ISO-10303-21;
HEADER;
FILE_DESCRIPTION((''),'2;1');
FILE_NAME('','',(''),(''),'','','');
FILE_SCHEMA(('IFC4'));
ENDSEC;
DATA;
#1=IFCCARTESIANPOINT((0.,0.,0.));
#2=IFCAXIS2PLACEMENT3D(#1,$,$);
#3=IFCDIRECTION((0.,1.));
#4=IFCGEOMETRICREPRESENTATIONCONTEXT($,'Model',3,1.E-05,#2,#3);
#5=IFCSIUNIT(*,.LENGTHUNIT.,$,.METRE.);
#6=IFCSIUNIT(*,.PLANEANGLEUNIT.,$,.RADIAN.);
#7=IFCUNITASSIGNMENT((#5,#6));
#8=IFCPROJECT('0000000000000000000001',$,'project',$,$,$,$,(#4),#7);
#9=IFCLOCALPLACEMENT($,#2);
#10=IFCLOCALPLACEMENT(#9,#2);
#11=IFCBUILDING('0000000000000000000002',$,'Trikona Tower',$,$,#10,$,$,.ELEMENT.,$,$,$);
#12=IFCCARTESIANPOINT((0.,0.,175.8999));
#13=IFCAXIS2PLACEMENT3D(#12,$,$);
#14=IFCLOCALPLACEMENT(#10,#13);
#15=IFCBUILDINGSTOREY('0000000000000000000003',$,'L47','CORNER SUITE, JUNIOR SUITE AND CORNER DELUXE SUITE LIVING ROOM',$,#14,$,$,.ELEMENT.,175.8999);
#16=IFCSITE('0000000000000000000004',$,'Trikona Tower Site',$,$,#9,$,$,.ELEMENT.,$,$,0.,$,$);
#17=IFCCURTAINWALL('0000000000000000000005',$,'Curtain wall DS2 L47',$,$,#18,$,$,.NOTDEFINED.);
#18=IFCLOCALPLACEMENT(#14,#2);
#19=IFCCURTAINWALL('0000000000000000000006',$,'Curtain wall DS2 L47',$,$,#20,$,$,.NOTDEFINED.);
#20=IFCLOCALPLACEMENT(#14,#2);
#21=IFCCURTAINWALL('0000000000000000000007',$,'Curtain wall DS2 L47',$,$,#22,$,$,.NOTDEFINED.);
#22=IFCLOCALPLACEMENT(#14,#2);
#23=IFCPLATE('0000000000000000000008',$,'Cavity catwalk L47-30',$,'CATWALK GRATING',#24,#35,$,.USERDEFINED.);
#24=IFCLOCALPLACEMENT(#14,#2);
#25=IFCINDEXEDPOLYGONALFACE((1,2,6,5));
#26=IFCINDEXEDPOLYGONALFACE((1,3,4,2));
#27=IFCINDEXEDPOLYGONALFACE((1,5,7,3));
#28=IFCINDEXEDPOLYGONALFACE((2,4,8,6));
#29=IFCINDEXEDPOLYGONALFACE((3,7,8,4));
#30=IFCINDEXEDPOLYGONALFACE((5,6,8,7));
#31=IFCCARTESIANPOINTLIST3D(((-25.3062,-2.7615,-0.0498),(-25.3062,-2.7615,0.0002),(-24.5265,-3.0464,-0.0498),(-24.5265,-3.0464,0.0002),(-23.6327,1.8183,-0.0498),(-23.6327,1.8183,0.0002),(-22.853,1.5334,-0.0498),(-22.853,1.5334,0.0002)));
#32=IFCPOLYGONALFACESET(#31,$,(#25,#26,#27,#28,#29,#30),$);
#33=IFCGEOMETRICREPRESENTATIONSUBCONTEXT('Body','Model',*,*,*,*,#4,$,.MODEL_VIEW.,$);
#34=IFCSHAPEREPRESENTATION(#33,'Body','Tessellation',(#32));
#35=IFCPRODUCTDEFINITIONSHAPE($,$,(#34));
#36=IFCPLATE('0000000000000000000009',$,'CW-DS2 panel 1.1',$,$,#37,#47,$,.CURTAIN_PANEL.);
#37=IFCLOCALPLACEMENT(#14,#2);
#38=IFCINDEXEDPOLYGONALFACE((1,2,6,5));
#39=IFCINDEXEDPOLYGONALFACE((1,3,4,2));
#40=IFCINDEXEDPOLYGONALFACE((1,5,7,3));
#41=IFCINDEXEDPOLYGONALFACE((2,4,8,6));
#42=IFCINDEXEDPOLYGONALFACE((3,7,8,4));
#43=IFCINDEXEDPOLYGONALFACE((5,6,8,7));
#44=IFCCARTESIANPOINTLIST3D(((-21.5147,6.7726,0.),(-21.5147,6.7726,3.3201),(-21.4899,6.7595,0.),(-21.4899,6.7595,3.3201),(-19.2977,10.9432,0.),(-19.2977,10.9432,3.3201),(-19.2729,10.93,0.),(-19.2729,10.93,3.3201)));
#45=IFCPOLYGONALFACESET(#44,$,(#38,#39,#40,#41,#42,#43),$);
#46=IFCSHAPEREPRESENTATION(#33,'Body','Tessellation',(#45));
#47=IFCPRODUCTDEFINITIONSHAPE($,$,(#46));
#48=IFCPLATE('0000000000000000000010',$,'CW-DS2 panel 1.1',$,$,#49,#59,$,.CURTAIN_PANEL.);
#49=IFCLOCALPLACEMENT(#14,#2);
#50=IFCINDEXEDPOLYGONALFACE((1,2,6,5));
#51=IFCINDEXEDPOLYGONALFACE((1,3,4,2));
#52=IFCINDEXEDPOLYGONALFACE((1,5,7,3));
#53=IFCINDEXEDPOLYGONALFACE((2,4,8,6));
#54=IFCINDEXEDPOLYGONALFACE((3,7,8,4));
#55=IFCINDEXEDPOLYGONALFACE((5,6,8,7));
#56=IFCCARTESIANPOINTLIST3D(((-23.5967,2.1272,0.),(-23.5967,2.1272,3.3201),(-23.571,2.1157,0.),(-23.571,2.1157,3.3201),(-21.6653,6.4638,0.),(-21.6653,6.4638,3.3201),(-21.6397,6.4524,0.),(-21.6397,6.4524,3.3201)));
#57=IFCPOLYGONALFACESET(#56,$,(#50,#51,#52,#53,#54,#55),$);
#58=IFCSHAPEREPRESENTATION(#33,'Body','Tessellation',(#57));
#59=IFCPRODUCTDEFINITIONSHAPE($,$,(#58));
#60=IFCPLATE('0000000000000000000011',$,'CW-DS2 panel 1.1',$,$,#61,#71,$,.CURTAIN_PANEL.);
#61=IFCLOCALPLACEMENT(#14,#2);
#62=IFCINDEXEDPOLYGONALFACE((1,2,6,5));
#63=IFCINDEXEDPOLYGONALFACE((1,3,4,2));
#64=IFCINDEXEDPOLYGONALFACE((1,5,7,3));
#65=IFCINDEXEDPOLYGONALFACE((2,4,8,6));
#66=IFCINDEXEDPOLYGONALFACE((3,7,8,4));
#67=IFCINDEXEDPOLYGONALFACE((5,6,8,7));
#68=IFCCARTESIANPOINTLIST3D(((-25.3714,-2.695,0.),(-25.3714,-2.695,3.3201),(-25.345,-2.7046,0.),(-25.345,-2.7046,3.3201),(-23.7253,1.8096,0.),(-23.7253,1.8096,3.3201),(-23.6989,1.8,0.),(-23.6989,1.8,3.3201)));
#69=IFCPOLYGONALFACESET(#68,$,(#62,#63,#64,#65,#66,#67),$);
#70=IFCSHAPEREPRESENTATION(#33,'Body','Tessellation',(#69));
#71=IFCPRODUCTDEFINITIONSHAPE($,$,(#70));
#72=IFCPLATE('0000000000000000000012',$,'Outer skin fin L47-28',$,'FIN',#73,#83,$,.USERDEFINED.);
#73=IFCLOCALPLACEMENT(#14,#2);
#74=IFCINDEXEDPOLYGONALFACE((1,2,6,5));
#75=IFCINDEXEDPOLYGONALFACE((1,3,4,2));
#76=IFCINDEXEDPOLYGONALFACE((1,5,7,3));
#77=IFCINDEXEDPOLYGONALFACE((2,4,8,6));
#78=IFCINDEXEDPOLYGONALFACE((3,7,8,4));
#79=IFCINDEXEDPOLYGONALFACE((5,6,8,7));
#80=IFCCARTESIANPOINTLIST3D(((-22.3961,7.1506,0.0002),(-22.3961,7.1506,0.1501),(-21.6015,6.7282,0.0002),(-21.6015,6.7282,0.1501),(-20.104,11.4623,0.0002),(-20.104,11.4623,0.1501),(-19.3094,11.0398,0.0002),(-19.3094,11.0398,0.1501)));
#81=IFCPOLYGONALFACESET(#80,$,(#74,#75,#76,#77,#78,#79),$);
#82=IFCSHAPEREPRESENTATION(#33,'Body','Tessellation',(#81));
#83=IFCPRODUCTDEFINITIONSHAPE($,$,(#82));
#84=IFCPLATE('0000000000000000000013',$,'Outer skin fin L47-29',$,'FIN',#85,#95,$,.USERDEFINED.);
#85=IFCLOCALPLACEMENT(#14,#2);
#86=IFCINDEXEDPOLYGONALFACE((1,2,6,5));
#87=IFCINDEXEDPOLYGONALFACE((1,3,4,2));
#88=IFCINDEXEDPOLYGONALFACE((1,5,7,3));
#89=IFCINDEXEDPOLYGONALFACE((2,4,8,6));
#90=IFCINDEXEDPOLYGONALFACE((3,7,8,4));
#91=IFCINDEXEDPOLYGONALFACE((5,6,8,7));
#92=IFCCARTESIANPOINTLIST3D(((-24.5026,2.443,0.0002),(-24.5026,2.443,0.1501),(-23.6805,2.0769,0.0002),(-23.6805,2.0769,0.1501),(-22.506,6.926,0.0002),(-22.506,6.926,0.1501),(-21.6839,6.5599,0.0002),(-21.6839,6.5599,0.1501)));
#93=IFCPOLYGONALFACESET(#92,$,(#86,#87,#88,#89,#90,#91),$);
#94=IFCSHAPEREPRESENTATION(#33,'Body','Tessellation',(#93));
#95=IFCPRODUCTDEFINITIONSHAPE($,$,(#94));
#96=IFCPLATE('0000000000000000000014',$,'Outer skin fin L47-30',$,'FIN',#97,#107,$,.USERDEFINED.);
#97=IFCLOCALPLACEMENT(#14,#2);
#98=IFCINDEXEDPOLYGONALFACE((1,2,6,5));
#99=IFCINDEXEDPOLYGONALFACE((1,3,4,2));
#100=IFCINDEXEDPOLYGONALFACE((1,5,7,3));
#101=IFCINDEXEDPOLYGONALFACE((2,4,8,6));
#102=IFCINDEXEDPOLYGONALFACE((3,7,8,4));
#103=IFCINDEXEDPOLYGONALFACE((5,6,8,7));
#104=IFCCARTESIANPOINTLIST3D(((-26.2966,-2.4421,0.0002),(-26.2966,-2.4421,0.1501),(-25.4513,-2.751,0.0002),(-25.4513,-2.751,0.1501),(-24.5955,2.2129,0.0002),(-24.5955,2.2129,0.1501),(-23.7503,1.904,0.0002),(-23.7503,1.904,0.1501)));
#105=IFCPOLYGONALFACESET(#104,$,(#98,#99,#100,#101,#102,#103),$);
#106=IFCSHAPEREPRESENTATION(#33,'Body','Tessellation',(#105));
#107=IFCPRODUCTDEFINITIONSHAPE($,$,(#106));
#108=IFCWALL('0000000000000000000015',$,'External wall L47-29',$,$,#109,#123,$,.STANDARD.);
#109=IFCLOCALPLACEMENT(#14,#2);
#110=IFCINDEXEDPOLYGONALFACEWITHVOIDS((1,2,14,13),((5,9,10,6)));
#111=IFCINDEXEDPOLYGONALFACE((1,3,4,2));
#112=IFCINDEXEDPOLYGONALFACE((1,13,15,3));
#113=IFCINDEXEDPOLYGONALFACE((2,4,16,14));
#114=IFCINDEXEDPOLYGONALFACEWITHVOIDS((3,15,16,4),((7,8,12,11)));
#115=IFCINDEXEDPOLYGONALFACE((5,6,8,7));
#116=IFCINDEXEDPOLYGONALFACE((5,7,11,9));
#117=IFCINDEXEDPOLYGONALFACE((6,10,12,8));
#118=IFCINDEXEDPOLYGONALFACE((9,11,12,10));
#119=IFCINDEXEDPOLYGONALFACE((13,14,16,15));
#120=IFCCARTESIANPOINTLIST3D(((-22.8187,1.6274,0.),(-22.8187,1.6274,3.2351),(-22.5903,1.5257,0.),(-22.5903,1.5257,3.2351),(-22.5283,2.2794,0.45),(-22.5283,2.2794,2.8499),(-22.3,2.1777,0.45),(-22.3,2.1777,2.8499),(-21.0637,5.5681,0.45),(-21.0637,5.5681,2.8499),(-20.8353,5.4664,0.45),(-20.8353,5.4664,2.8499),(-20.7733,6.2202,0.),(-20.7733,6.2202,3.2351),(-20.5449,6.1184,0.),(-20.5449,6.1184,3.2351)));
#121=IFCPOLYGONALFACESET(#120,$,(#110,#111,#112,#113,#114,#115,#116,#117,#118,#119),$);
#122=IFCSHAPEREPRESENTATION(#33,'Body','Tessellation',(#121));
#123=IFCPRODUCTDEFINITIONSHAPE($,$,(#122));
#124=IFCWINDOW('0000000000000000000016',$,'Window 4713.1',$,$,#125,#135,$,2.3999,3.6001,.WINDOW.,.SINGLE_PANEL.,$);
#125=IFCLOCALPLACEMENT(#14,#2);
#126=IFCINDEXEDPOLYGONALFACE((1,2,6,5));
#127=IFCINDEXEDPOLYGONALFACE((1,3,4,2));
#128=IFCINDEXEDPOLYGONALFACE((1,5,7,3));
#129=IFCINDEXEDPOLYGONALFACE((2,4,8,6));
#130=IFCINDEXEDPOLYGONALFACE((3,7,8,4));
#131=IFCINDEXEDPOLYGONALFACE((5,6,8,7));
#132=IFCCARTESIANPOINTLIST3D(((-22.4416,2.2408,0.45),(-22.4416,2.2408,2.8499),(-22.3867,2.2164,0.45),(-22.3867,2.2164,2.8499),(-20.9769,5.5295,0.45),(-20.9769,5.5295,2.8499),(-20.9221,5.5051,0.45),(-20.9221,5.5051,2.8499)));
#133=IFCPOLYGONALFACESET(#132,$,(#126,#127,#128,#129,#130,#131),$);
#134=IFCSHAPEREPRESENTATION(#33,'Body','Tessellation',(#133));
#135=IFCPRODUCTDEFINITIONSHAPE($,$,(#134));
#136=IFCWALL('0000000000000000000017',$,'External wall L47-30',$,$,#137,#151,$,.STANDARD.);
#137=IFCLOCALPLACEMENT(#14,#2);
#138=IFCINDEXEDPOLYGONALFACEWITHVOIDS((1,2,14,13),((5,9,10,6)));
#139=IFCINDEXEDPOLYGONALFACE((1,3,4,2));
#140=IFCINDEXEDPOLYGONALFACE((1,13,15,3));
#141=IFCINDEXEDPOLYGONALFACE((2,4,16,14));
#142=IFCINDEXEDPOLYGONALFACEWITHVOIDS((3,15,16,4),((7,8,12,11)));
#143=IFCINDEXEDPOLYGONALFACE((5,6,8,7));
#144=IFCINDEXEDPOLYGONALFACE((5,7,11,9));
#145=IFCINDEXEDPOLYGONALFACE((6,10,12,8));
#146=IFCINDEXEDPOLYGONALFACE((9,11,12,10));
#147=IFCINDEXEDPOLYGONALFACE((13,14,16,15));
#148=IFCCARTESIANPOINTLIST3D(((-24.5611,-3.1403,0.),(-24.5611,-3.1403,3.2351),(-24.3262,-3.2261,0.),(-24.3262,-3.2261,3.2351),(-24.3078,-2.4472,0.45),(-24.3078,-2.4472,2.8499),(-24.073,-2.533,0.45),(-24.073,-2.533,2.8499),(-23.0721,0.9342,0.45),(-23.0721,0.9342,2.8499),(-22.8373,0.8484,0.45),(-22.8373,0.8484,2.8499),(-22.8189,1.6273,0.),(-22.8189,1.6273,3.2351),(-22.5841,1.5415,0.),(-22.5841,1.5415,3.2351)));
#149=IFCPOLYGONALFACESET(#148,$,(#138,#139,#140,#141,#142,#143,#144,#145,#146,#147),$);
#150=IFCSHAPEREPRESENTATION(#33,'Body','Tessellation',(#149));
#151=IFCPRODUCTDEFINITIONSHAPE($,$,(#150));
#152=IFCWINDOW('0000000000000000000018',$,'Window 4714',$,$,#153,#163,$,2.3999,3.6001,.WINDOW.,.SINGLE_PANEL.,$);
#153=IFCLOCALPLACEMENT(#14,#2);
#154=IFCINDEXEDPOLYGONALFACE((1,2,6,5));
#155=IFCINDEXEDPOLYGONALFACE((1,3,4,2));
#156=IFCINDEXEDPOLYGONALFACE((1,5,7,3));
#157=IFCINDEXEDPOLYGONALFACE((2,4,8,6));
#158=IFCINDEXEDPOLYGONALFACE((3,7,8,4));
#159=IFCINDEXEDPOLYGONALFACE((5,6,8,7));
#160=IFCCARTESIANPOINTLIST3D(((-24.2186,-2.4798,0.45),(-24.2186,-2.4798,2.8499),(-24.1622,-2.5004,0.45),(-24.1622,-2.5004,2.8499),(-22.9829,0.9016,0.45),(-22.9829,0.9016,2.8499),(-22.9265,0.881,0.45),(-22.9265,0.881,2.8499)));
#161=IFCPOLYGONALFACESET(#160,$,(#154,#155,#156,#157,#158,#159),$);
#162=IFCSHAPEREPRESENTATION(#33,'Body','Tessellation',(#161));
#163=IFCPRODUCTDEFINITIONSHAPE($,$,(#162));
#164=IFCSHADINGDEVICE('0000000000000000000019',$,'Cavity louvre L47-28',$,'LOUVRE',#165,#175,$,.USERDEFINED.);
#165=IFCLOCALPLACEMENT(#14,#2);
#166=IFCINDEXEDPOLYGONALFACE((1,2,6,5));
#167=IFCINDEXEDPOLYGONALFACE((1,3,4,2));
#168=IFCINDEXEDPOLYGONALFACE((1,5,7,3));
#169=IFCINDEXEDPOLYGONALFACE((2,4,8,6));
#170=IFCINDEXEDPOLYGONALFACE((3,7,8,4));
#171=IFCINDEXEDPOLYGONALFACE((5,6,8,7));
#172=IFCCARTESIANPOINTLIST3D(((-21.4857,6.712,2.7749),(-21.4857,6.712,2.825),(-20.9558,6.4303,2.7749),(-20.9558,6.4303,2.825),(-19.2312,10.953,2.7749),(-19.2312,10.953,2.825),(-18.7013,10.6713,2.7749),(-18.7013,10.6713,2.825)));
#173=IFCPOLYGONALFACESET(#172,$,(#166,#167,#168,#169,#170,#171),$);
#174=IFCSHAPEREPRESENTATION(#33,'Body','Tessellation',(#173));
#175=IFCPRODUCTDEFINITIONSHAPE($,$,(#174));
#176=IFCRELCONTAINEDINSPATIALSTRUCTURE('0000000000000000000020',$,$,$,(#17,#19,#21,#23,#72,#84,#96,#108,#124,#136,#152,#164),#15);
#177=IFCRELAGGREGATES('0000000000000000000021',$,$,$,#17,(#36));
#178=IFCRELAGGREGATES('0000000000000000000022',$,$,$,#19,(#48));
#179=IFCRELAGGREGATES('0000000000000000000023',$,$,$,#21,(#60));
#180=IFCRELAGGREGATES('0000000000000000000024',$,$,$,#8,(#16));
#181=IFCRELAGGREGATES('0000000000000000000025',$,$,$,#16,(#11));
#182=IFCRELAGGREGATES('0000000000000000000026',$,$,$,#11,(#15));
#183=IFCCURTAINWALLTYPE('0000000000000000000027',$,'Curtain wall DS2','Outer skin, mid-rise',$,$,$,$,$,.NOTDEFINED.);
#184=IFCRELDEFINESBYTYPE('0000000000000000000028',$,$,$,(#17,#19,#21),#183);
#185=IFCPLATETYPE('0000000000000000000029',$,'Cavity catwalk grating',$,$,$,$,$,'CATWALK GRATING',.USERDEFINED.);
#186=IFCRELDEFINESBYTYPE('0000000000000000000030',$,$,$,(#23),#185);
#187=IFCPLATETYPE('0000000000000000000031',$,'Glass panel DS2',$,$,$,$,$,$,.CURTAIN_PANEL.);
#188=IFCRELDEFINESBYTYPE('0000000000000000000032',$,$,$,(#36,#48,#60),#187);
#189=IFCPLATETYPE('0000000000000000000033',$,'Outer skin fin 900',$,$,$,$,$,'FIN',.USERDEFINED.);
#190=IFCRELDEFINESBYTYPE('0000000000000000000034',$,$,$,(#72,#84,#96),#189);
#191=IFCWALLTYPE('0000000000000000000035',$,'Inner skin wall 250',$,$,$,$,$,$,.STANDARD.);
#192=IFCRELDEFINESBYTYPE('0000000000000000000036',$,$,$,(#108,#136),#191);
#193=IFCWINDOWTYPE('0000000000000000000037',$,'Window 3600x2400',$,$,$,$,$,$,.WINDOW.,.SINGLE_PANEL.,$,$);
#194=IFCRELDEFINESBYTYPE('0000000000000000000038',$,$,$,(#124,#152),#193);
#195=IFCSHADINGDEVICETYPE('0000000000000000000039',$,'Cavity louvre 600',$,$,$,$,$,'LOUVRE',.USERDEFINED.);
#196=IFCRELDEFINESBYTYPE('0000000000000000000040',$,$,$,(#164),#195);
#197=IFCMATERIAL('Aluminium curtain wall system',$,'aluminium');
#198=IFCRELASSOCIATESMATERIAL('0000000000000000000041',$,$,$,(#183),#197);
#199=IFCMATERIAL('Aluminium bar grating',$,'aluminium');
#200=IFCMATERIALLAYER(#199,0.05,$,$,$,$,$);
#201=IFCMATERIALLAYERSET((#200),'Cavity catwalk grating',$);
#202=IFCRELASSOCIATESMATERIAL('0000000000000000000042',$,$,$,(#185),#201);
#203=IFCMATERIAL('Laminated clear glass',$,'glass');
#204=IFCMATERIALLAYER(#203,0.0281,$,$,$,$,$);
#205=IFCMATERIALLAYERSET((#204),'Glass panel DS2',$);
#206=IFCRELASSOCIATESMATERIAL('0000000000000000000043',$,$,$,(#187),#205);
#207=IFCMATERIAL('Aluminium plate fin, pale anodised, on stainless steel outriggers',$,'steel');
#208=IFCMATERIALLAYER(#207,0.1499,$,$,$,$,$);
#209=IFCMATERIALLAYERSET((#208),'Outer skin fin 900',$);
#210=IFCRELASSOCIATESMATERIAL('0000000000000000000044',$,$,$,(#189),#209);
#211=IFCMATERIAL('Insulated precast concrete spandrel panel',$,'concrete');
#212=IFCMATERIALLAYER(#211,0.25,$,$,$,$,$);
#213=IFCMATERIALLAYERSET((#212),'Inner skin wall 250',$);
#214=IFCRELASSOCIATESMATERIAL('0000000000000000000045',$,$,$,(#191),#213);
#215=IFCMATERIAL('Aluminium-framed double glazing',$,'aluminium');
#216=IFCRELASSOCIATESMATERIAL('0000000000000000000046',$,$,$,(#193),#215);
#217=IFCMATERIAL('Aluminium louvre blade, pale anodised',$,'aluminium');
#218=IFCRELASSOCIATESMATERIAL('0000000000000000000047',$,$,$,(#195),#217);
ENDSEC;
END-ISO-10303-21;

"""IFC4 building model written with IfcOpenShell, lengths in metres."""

from ifc_helpers import new_model, si_unit, direction, frame, frame_2d, origin, origin_2d, place, context, subcontext, project, spatial, rectangle, extrude, material, layer, layer_set, type_object, element, fill, aggregate, save


model = new_model("IFC4")

# Units and contexts
model_context = context("Model", 3, precision=1e-05, world=origin(), true_north=direction((0.0, 1.0)))
body_context = subcontext(model_context, "Body", "Model", "MODEL_VIEW")
ifc_project = project(units=[si_unit("LENGTHUNIT", "METRE"), si_unit("PLANEANGLEUNIT", "RADIAN")], contexts=[model_context])

# Site, building, storey
site_placement = place(None, origin())
site = spatial("IfcSite", under=ifc_project, at=site_placement, Name="Trikona Tower Site", CompositionType="ELEMENT", RefElevation=0.0)
building_placement = place(site_placement, origin())
building = spatial("IfcBuilding", under=site, at=building_placement, Name="Trikona Tower", CompositionType="ELEMENT")
storey_placement = place(building_placement, frame((0.0, 0.0, 175.8999)))
storey = spatial("IfcBuildingStorey", under=building, at=storey_placement, Name="L47", Description="CORNER SUITE, JUNIOR SUITE AND CORNER DELUXE SUITE LIVING ROOM", CompositionType="ELEMENT", Elevation=175.8999)

# Curtain walls
ifc_material_1 = material(Name="Aluminium curtain wall system", Category="aluminium")
curtain_wall_type = type_object("IfcCurtainWallType", Name="Curtain wall DS2", Description="Outer skin, mid-rise", PredefinedType="NOTDEFINED", material=ifc_material_1)
curtain_wall_1_placement = place(storey_placement, origin())
curtain_wall_1 = element("IfcCurtainWall", 1, at=curtain_wall_1_placement, inside=storey, type_object=curtain_wall_type, Name="Curtain wall DS2 L47", PredefinedType="NOTDEFINED")
curtain_wall_2_placement = place(storey_placement, origin())
curtain_wall_2 = element("IfcCurtainWall", 2, at=curtain_wall_2_placement, inside=storey, type_object=curtain_wall_type, Name="Curtain wall DS2 L47", PredefinedType="NOTDEFINED")

# Curtain wall
curtain_wall_3_placement = place(storey_placement, origin())
curtain_wall_3 = element("IfcCurtainWall", 3, at=curtain_wall_3_placement, inside=storey, type_object=curtain_wall_type, Name="Curtain wall DS2 L47", PredefinedType="NOTDEFINED")

# Plate
ifc_material_2 = material(Name="Aluminium bar grating", Category="aluminium")
ifc_layer_1 = layer(ifc_material_2, 0.05)
ifc_layer_set_1 = layer_set([ifc_layer_1], Name="Cavity catwalk grating")
plate_type_1 = type_object("IfcPlateType", Name="Cavity catwalk grating", ElementType="CATWALK GRATING", PredefinedType="USERDEFINED", material=ifc_layer_set_1)
plate_1_placement = place(storey_placement, frame((-24.0796, -0.614, -0.0498), z_axis=(0.0, 0.0, 1.0), x_axis=(-0.34322, -0.939255, 0.0)))
element("IfcPlate", 4, at=plate_1_placement, inside=storey, type_object=plate_type_1, Name="Cavity catwalk L47-30", ObjectType="CATWALK GRATING", PredefinedType="USERDEFINED", context=body_context, shape_type="SweptSolid", body=[
    extrude(rectangle(XDim=4.876, YDim=0.8301, at=origin_2d()), origin(), (0.0, 0.0, 1.0), 0.05),
])

# Plates
ifc_material_3 = material(Name="Laminated clear glass", Category="glass")
ifc_layer_2 = layer(ifc_material_3, 0.0281)
ifc_layer_set_2 = layer_set([ifc_layer_2], Name="Glass panel DS2")
plate_type_2 = type_object("IfcPlateType", Name="Glass panel DS2", PredefinedType="CURTAIN_PANEL", material=ifc_layer_set_2)
plate_2_placement = place(storey_placement, frame((-20.3938, 8.8513, 0.0), z_axis=(0.0, 0.0, 1.0), x_axis=(-0.46938, -0.882996, 0.0)))
plate_2 = element("IfcPlate", 5, at=plate_2_placement, type_object=plate_type_2, Name="CW-DS2 panel 1.1", PredefinedType="CURTAIN_PANEL", context=body_context, shape_type="SweptSolid", body=[
    extrude(rectangle(XDim=4.7231, YDim=0.0281, at=origin_2d()), origin(), (0.0, 0.0, 1.0), 3.3201),
])
aggregate(curtain_wall_1, [plate_2])
plate_3_placement = place(storey_placement, frame((-22.6182, 4.2898, 0.0), z_axis=(0.0, 0.0, 1.0), x_axis=(-0.406836, -0.913501, 0.0)))
plate_3 = element("IfcPlate", 6, at=plate_3_placement, type_object=plate_type_2, Name="CW-DS2 panel 1.1", PredefinedType="CURTAIN_PANEL", context=body_context, shape_type="SweptSolid", body=[
    extrude(rectangle(XDim=4.7473, YDim=0.0281, at=origin_2d()), origin(), (0.0, 0.0, 1.0), 3.3201),
])
aggregate(curtain_wall_2, [plate_3])
plate_4_placement = place(storey_placement, frame((-24.5352, -0.4475, 0.0), z_axis=(0.0, 0.0, 1.0), x_axis=(-0.343223, -0.939254, 0.0)))
plate_4 = element("IfcPlate", 7, at=plate_4_placement, type_object=plate_type_2, Name="CW-DS2 panel 1.1", PredefinedType="CURTAIN_PANEL", context=body_context, shape_type="SweptSolid", body=[
    extrude(rectangle(XDim=4.7959, YDim=0.0281, at=origin_2d()), origin(), (0.0, 0.0, 1.0), 3.3201),
])
aggregate(curtain_wall_3, [plate_4])

# Plates
ifc_material_4 = material(Name="Aluminium plate fin, pale anodised, on stainless steel outriggers", Category="steel")
ifc_layer_3 = layer(ifc_material_4, 0.1499)
ifc_layer_set_3 = layer_set([ifc_layer_3], Name="Outer skin fin 900")
plate_type_3 = type_object("IfcPlateType", Name="Outer skin fin 900", ElementType="FIN", PredefinedType="USERDEFINED", material=ifc_layer_set_3)
plate_5_placement = place(storey_placement, frame((-20.8528, 9.0952, 0.0002), z_axis=(0.0, 0.0, 1.0), x_axis=(-0.469398, -0.882987, 0.0)))
element("IfcPlate", 8, at=plate_5_placement, inside=storey, type_object=plate_type_3, Name="Outer skin fin L47-28", ObjectType="FIN", PredefinedType="USERDEFINED", context=body_context, shape_type="SweptSolid", body=[
    extrude(rectangle(XDim=4.8831, YDim=0.8999, at=origin_2d()), origin(), (0.0, 0.0, 1.0), 0.1499),
])
plate_6_placement = place(storey_placement, frame((-23.0933, 4.5015, 0.0002), z_axis=(0.0, 0.0, 1.0), x_axis=(-0.406843, -0.913498, 0.0)))
element("IfcPlate", 9, at=plate_6_placement, inside=storey, type_object=plate_type_3, Name="Outer skin fin L47-29", ObjectType="FIN", PredefinedType="USERDEFINED", context=body_context, shape_type="SweptSolid", body=[
    extrude(rectangle(XDim=4.9075, YDim=0.8999, at=origin_2d()), origin(), (0.0, 0.0, 1.0), 0.1499),
])
plate_7_placement = place(storey_placement, frame((-25.0234, -0.269, 0.0002), z_axis=(0.0, 0.0, 1.0), x_axis=(-0.34322, -0.939255, 0.0)))
element("IfcPlate", 10, at=plate_7_placement, inside=storey, type_object=plate_type_3, Name="Outer skin fin L47-30", ObjectType="FIN", PredefinedType="USERDEFINED", context=body_context, shape_type="SweptSolid", body=[
    extrude(rectangle(XDim=4.9561, YDim=0.8999, at=origin_2d()), origin(), (0.0, 0.0, 1.0), 0.1499),
])

# Walls, openings, windows
ifc_material_5 = material(Name="Insulated precast concrete spandrel panel", Category="concrete")
ifc_layer_4 = layer(ifc_material_5, 0.25)
ifc_layer_set_4 = layer_set([ifc_layer_4], Name="Inner skin wall 250")
wall_type = type_object("IfcWallType", Name="Inner skin wall 250", PredefinedType="STANDARD", material=ifc_layer_set_4)
wall_1_placement = place(storey_placement, frame((-20.6592, 6.1692, 0.0), z_axis=(0.0, 0.0, 1.0), x_axis=(-0.406832, -0.913503, 0.0)))
wall_1 = element("IfcWall", 11, at=wall_1_placement, inside=storey, type_object=wall_type, Name="External wall L47-29", PredefinedType="STANDARD", context=body_context, shape_type="SweptSolid", body=[
    extrude(rectangle(XDim=5.0276, YDim=0.25, at=frame_2d((2.5137, 0.0))), origin(), (0.0, 0.0, 1.0), 3.2351),
])
opening_1_placement = place(wall_1_placement, frame((0.7136, 0.0, 0.45)))
opening_1 = element("IfcOpeningElement", 12, at=opening_1_placement, cuts=wall_1, PredefinedType="OPENING", context=body_context, shape_type="SweptSolid", body=[
    extrude(rectangle(XDim=3.6001, YDim=2.3999, at=frame_2d((1.8, 1.2))), frame((0.0, 0.135, 0.0), z_axis=(0.0, -1.0, 0.0), x_axis=(1.0, 0.0, 0.0)), (0.0, 0.0, 1.0), 0.27),
])
ifc_material_6 = material(Name="Aluminium-framed double glazing", Category="aluminium")
window_type = type_object("IfcWindowType", Name="Window 3600x2400", PartitioningType="SINGLE_PANEL", PredefinedType="WINDOW", material=ifc_material_6)
window_1_placement = place(opening_1_placement, origin())
window_1 = element("IfcWindow", 13, at=window_1_placement, inside=storey, type_object=window_type, Name="Window 4713.1", OverallHeight=2.3999, OverallWidth=3.6001, PartitioningType="SINGLE_PANEL", PredefinedType="WINDOW", context=body_context, shape_type="SweptSolid", body=[
    extrude(rectangle(XDim=3.6001, YDim=2.3999, at=frame_2d((1.8, 1.2))), frame((0.0, 0.03, 0.0), z_axis=(0.0, -1.0, 0.0), x_axis=(1.0, 0.0, 0.0)), (0.0, 0.0, 1.0), 0.0601),
])
fill(opening_1, window_1)
wall_2_placement = place(storey_placement, frame((-22.7014, 1.5845, 0.0), z_axis=(0.0, 0.0, 1.0), x_axis=(-0.343226, -0.939253, 0.0)))
wall_2 = element("IfcWall", 14, at=wall_2_placement, inside=storey, type_object=wall_type, Name="External wall L47-30", PredefinedType="STANDARD", context=body_context, shape_type="SweptSolid", body=[
    extrude(rectangle(XDim=5.0759, YDim=0.25, at=frame_2d((2.5381, 0.0))), origin(), (0.0, 0.0, 1.0), 3.2351),
])
opening_2_placement = place(wall_2_placement, frame((0.738, 0.0, 0.45)))
opening_2 = element("IfcOpeningElement", 15, at=opening_2_placement, cuts=wall_2, PredefinedType="OPENING", context=body_context, shape_type="SweptSolid", body=[
    extrude(rectangle(XDim=3.6001, YDim=2.3999, at=frame_2d((1.8, 1.2))), frame((0.0, 0.135, 0.0), z_axis=(0.0, -1.0, 0.0), x_axis=(1.0, 0.0, 0.0)), (0.0, 0.0, 1.0), 0.27),
])
window_2_placement = place(opening_2_placement, origin())
window_2 = element("IfcWindow", 16, at=window_2_placement, inside=storey, type_object=window_type, Name="Window 4714", OverallHeight=2.3999, OverallWidth=3.6001, PartitioningType="SINGLE_PANEL", PredefinedType="WINDOW", context=body_context, shape_type="SweptSolid", body=[
    extrude(rectangle(XDim=3.6001, YDim=2.3999, at=frame_2d((1.8, 1.2))), frame((0.0, 0.03, 0.0), z_axis=(0.0, -1.0, 0.0), x_axis=(1.0, 0.0, 0.0)), (0.0, 0.0, 1.0), 0.0601),
])
fill(opening_2, window_2)

# Shading device
ifc_material_7 = material(Name="Aluminium louvre blade, pale anodised", Category="aluminium")
shading_device_type = type_object("IfcShadingDeviceType", Name="Cavity louvre 600", ElementType="LOUVRE", PredefinedType="USERDEFINED", material=ifc_material_7)
shading_device_1_placement = place(storey_placement, frame((-20.0935, 8.6917, 2.7749), z_axis=(0.0, 0.0, 1.0), x_axis=(-0.469398, -0.882987, 0.0)))
element("IfcShadingDevice", 17, at=shading_device_1_placement, inside=storey, type_object=shading_device_type, Name="Cavity louvre L47-28", ObjectType="LOUVRE", PredefinedType="USERDEFINED", context=body_context, shape_type="SweptSolid", body=[
    extrude(rectangle(XDim=4.803, YDim=0.6001, at=origin_2d()), origin(), (0.0, 0.0, 1.0), 0.05),
])

save(model, "model.ifc")
